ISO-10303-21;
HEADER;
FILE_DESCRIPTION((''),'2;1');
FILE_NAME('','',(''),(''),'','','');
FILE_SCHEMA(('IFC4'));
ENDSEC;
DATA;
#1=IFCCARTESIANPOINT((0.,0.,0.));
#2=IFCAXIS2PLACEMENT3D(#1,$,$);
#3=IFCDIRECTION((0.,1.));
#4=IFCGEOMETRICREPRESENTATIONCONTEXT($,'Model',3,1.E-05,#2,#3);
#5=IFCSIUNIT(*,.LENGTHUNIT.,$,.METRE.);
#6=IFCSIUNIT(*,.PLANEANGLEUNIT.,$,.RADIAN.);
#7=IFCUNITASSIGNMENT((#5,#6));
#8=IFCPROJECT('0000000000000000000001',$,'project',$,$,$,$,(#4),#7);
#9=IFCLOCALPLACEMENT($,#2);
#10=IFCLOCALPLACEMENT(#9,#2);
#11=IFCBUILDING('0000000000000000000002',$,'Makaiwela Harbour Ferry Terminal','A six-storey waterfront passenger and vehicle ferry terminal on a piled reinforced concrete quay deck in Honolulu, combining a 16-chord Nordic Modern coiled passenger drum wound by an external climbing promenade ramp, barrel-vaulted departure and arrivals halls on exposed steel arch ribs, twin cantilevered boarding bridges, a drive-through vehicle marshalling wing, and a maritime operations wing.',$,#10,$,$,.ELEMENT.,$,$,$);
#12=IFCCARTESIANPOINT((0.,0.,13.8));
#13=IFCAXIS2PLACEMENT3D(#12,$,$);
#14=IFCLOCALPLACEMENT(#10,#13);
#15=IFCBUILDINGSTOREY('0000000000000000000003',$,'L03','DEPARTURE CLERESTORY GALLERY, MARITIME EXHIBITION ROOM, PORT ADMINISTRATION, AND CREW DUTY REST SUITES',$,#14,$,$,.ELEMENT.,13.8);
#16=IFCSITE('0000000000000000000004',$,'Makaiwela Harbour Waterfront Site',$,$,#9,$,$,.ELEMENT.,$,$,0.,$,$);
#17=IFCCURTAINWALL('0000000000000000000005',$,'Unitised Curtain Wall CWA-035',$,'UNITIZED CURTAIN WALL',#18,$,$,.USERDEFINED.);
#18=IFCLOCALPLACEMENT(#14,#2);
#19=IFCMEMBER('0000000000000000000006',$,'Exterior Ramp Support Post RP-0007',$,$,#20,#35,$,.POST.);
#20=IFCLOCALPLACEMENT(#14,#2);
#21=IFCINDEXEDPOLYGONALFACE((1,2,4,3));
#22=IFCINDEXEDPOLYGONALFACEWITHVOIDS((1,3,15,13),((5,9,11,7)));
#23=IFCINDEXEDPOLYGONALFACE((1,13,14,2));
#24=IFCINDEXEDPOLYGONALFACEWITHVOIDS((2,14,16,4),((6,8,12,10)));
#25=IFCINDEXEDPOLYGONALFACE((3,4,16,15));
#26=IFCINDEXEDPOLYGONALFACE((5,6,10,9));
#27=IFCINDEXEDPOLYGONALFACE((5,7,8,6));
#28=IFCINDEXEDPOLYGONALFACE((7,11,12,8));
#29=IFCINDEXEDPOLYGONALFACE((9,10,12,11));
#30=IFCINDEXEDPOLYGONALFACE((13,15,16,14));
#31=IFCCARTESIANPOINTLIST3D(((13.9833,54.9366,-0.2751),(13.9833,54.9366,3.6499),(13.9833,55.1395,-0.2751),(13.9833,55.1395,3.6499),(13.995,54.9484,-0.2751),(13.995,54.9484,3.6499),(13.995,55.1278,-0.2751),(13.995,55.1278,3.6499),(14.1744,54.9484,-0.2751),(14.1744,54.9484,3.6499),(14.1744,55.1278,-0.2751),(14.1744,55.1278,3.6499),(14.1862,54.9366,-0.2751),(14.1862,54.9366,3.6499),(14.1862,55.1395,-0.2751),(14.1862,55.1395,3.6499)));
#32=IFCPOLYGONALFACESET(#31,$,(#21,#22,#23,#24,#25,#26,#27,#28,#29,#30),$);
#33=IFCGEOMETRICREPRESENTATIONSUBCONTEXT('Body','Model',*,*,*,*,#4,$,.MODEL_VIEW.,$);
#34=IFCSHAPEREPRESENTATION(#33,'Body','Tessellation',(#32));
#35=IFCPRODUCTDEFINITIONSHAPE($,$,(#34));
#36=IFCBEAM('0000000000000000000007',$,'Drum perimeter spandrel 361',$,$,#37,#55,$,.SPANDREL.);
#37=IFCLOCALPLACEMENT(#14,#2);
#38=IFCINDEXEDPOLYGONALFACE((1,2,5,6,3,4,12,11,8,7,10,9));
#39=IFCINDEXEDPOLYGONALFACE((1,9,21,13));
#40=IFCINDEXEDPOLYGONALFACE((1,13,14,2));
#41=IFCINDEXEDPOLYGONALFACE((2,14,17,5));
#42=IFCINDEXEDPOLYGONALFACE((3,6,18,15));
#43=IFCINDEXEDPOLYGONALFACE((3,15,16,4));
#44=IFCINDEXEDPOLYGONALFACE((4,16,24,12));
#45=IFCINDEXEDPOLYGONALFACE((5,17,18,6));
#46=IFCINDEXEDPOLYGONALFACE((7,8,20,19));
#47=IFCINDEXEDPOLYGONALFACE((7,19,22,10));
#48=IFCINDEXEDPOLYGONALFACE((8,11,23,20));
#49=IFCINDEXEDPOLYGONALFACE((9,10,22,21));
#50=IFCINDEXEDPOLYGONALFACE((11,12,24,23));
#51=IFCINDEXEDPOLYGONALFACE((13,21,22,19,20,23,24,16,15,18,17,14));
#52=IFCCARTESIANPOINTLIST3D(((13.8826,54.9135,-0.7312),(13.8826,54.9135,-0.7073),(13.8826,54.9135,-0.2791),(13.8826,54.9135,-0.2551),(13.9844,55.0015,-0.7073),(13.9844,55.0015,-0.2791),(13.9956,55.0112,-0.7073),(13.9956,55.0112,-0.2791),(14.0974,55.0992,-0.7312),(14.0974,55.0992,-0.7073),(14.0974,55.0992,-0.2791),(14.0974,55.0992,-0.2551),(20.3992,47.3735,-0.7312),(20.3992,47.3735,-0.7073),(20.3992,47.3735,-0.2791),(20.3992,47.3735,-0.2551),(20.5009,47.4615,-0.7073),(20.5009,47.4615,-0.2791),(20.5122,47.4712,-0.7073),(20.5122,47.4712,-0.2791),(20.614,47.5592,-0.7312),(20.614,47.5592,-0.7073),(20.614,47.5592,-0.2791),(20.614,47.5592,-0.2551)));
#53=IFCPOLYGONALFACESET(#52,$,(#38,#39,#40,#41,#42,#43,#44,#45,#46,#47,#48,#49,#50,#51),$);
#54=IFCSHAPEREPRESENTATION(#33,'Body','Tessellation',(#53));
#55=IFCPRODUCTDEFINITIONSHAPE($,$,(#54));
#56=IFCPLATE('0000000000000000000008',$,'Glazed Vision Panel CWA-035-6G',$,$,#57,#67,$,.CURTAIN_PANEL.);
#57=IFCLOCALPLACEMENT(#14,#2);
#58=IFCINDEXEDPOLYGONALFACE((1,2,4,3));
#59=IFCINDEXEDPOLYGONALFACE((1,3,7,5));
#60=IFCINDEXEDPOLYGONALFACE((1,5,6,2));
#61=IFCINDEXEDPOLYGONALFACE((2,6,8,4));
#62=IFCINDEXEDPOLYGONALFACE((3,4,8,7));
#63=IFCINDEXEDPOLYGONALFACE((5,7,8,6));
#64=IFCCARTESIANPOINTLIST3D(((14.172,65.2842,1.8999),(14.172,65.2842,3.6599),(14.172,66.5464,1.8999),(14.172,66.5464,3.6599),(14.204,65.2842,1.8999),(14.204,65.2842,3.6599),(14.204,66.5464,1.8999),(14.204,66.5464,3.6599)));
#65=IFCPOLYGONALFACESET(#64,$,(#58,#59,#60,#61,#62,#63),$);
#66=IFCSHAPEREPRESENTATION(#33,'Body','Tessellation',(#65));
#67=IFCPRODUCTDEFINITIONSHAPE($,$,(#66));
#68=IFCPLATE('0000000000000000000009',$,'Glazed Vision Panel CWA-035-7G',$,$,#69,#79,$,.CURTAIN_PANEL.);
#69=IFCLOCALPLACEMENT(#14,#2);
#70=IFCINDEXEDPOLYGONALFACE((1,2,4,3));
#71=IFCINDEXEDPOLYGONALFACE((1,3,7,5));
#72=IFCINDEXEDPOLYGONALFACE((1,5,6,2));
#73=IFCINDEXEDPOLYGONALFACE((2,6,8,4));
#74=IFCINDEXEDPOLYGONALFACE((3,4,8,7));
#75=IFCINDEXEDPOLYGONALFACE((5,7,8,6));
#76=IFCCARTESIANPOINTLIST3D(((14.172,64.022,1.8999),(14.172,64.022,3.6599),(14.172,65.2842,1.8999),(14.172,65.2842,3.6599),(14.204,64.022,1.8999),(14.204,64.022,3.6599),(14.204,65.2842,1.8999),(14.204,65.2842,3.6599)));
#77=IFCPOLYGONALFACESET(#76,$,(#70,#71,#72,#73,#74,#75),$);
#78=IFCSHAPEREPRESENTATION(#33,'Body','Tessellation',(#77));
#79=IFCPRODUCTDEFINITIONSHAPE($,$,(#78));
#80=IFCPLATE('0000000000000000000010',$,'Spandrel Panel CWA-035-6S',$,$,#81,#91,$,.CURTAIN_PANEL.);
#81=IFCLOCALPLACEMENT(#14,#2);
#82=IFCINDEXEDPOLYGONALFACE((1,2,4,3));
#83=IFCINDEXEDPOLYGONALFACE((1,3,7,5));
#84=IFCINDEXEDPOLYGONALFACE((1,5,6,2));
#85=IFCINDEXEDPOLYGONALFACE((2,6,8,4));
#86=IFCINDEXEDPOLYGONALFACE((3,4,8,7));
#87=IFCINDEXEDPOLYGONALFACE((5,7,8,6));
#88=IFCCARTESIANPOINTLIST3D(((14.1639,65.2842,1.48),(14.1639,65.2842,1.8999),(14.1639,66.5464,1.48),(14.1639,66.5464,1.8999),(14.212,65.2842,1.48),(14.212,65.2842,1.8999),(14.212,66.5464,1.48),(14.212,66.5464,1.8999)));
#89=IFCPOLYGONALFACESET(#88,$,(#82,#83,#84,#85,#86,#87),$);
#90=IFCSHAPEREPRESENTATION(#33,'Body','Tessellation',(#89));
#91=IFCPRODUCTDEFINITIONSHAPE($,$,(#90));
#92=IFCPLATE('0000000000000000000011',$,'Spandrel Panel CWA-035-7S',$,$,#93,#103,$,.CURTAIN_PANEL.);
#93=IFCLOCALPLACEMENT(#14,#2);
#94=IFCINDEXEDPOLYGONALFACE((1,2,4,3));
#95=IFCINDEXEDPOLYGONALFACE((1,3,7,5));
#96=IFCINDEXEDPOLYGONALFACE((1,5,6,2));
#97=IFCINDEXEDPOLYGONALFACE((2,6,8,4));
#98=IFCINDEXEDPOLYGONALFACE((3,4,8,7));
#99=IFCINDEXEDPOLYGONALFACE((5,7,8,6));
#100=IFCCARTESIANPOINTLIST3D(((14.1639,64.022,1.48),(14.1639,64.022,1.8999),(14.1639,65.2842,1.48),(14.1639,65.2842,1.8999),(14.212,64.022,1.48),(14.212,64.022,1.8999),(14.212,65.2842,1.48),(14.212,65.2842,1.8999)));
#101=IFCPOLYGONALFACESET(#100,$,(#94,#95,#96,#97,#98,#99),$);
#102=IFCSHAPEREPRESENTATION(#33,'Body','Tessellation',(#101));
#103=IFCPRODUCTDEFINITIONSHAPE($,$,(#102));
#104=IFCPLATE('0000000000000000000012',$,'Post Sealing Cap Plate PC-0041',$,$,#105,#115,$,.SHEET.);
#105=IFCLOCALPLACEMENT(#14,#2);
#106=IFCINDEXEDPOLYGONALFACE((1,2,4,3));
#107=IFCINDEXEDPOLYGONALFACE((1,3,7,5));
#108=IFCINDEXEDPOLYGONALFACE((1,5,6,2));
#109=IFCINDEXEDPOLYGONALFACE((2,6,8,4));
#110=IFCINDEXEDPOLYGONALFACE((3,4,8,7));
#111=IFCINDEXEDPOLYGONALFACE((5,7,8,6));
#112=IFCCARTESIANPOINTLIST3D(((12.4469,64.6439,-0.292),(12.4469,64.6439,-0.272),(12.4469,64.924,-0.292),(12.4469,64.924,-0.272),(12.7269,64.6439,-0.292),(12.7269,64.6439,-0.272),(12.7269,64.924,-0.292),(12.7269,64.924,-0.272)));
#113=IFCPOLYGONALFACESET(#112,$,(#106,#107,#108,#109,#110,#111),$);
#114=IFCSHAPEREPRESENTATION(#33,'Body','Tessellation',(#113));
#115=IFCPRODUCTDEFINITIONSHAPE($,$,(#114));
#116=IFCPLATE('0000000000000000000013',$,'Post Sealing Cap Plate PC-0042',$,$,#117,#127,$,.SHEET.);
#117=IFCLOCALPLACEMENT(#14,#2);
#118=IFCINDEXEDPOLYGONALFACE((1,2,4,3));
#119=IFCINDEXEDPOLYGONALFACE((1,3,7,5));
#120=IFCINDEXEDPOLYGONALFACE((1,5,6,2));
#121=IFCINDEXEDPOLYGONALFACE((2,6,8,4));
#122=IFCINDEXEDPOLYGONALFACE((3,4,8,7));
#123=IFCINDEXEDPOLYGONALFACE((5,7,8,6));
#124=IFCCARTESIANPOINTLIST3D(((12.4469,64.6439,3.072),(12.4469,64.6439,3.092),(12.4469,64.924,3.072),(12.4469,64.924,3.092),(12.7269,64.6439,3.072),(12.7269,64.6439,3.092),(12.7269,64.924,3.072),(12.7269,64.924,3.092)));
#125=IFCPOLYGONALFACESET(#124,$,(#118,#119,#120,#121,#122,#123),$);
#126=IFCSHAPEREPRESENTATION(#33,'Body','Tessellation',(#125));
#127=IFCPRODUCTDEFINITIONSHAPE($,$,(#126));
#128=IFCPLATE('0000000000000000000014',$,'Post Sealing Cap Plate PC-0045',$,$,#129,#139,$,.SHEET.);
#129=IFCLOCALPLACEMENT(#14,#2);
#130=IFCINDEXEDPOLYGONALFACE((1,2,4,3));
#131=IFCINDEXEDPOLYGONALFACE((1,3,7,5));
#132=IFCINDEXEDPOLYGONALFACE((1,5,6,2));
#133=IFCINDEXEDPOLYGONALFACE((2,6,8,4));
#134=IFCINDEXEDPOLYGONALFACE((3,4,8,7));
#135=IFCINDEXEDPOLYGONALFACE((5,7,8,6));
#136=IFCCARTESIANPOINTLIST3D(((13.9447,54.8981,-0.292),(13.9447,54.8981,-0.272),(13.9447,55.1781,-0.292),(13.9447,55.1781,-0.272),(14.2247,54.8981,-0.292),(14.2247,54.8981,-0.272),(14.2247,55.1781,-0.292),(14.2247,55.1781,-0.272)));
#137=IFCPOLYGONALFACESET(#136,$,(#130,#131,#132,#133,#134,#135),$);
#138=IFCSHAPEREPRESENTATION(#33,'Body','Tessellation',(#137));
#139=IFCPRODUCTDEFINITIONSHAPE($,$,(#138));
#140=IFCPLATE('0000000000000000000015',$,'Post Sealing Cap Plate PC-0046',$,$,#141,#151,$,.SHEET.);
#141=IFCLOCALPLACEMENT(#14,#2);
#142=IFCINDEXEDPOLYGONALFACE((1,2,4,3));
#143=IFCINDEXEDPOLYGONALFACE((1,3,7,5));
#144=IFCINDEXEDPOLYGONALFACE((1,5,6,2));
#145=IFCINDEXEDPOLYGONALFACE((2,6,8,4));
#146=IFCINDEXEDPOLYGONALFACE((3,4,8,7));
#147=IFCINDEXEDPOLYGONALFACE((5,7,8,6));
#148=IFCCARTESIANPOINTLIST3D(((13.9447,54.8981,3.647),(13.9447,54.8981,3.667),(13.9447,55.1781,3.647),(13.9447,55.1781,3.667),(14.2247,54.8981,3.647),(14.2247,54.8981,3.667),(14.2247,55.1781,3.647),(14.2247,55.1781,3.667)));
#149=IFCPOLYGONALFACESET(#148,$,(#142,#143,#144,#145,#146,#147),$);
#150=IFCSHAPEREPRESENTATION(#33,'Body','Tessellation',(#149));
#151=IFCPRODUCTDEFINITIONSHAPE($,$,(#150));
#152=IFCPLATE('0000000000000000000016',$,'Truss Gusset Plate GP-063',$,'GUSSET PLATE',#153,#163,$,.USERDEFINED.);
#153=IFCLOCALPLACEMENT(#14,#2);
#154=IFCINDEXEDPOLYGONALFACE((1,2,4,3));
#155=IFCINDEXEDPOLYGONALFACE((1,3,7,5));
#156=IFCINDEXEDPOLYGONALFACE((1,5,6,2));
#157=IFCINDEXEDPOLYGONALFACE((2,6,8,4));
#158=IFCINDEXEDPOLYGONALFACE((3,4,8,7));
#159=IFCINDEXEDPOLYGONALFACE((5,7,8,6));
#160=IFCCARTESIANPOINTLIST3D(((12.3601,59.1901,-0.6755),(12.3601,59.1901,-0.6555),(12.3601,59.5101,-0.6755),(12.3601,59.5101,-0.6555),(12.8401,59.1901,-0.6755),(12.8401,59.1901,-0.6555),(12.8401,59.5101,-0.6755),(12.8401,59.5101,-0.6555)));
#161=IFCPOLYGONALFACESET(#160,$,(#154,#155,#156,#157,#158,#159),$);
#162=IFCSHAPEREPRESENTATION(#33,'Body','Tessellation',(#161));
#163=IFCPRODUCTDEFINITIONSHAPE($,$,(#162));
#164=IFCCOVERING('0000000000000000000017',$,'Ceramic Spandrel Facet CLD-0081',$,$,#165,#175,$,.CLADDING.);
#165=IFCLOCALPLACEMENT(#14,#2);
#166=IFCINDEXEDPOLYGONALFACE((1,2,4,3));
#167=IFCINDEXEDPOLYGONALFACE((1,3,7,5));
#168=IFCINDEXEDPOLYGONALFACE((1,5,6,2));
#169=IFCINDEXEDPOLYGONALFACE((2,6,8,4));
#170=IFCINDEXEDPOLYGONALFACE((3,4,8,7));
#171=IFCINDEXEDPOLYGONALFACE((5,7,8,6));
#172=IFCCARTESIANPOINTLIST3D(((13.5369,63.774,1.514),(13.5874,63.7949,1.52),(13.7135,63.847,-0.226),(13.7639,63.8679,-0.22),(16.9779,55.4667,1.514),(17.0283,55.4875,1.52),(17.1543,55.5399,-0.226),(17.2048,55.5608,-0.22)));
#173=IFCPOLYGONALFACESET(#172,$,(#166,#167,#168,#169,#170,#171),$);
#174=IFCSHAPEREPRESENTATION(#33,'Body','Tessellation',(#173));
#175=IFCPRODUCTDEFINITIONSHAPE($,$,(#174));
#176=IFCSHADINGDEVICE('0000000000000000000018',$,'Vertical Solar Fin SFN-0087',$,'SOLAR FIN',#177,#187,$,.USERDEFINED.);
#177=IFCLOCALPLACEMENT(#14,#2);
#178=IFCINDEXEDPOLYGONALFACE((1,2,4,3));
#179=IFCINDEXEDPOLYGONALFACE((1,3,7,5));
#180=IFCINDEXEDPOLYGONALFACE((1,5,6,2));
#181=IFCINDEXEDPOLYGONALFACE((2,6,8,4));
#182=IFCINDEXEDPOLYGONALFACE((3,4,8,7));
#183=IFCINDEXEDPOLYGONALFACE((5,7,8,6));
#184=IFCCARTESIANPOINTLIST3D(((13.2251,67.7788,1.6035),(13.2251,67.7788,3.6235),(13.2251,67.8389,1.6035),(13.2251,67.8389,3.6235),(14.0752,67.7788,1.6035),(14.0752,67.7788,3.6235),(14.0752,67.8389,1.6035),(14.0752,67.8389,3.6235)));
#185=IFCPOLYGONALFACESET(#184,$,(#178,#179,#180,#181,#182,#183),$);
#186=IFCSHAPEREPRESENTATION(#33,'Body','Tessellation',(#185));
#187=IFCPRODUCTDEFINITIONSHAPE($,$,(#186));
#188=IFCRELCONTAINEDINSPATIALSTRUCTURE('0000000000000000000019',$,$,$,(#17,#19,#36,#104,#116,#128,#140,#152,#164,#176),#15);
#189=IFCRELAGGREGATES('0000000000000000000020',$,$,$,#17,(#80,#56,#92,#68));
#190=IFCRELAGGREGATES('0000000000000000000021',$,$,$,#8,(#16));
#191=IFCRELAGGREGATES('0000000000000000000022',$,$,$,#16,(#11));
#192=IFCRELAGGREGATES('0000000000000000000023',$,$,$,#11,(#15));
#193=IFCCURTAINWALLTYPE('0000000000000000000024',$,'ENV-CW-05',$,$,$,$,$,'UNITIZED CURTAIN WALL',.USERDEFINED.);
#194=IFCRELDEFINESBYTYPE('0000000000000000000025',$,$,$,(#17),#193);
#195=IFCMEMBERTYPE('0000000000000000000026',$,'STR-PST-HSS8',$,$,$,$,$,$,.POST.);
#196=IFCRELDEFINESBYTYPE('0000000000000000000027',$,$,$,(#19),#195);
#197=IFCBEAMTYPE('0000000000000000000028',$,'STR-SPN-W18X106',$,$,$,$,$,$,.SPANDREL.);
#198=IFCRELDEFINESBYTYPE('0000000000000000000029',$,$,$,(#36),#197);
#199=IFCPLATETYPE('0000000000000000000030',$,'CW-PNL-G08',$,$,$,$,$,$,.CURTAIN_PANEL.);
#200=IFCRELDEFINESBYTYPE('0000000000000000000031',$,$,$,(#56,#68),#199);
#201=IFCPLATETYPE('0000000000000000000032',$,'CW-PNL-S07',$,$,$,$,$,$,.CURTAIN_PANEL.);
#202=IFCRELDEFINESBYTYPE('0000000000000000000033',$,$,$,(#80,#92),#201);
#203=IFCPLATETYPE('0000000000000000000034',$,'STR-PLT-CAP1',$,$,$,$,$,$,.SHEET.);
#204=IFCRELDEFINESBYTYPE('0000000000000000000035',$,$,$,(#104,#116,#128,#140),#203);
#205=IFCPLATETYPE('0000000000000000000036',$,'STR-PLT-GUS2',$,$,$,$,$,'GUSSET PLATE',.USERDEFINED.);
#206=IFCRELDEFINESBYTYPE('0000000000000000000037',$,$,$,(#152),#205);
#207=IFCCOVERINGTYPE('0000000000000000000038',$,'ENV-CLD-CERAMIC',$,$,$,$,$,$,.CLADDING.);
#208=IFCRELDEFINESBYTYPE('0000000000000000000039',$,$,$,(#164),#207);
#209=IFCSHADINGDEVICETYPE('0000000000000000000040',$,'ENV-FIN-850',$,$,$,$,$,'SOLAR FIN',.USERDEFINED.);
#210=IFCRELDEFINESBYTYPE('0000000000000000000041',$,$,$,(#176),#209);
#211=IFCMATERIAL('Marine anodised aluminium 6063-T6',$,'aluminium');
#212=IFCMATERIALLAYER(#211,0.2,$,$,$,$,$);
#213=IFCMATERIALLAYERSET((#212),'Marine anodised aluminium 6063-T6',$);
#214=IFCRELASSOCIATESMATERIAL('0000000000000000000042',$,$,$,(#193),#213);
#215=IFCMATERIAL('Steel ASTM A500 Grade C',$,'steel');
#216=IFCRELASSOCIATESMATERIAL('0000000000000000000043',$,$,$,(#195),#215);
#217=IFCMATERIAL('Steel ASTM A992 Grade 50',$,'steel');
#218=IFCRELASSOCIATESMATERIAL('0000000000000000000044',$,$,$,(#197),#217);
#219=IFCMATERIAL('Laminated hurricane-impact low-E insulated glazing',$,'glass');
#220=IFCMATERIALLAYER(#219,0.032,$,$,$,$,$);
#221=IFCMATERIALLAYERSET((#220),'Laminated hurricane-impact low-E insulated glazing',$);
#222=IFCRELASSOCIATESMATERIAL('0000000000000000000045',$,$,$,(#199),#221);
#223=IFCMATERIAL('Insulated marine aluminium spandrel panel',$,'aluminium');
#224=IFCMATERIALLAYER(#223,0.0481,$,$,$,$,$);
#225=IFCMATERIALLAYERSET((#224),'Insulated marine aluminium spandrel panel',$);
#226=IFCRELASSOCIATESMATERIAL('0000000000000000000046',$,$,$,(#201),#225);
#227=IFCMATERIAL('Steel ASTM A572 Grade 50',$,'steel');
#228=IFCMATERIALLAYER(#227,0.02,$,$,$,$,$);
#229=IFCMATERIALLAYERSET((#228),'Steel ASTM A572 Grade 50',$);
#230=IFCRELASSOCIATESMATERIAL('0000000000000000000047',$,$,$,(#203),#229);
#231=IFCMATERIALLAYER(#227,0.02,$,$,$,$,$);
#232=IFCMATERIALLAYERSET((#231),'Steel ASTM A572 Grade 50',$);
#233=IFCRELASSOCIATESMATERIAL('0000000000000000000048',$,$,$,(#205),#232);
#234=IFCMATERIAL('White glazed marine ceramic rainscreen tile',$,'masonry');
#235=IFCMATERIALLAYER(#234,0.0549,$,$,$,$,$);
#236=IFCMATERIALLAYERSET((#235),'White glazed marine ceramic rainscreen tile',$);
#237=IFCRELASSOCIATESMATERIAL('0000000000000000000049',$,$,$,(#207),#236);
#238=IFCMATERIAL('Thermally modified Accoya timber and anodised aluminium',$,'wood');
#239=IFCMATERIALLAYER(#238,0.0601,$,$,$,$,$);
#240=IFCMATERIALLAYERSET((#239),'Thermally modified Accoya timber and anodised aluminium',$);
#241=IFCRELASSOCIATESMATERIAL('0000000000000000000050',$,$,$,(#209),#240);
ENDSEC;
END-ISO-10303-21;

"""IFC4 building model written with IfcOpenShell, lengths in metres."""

from ifc_helpers import new_model, si_unit, direction, frame, origin, origin_2d, place, context, subcontext, project, spatial, polyline, rectangle, hollow_rectangle, i_section, outline, extrude, material, layer, layer_set, material_profile, profile_set, type_object, element, aggregate, save


model = new_model("IFC4")

# Units and contexts
model_context = context("Model", 3, precision=1e-05, world=origin(), true_north=direction((0.0, 1.0)))
body_context = subcontext(model_context, "Body", "Model", "MODEL_VIEW")
ifc_project = project(units=[si_unit("LENGTHUNIT", "METRE"), si_unit("PLANEANGLEUNIT", "RADIAN")], contexts=[model_context])

# Site, building, storey
site_placement = place(None, origin())
site = spatial("IfcSite", under=ifc_project, at=site_placement, Name="Makaiwela Harbour Waterfront Site", CompositionType="ELEMENT", RefElevation=0.0)
building_placement = place(site_placement, origin())
building = spatial("IfcBuilding", under=site, at=building_placement, Name="Makaiwela Harbour Ferry Terminal", Description="A six-storey waterfront passenger and vehicle ferry terminal on a piled reinforced concrete quay deck in Honolulu, combining a 16-chord Nordic Modern coiled passenger drum wound by an external climbing promenade ramp, barrel-vaulted departure and arrivals halls on exposed steel arch ribs, twin cantilevered boarding bridges, a drive-through vehicle marshalling wing, and a maritime operations wing.", CompositionType="ELEMENT")
storey_placement = place(building_placement, frame((0.0, 0.0, 13.8)))
storey = spatial("IfcBuildingStorey", under=building, at=storey_placement, Name="L03", Description="DEPARTURE CLERESTORY GALLERY, MARITIME EXHIBITION ROOM, PORT ADMINISTRATION, AND CREW DUTY REST SUITES", CompositionType="ELEMENT", Elevation=13.8)

# Curtain wall
ifc_material_1 = material(Name="Marine anodised aluminium 6063-T6", Category="aluminium")
ifc_layer_1 = layer(ifc_material_1, 0.2)
ifc_layer_set_1 = layer_set([ifc_layer_1], Name="Marine anodised aluminium 6063-T6")
curtain_wall_type = type_object("IfcCurtainWallType", Name="ENV-CW-05", ElementType="UNITIZED CURTAIN WALL", PredefinedType="USERDEFINED", material=ifc_layer_set_1)
curtain_wall_placement = place(storey_placement, origin())
curtain_wall = element("IfcCurtainWall", 1, at=curtain_wall_placement, inside=storey, type_object=curtain_wall_type, Name="Unitised Curtain Wall CWA-035", ObjectType="UNITIZED CURTAIN WALL", PredefinedType="USERDEFINED")

# Shared definitions
ifc_material_2 = material(Name="Steel ASTM A992 Grade 50", Category="steel")

# Member
ifc_material_3 = material(Name="Steel ASTM A500 Grade C", Category="steel")
ifc_material_profile_1 = material_profile(ifc_material_3, hollow_rectangle(XDim=0.2029, YDim=0.2029, WallThickness=0.0117, at=origin_2d()), Name="HSS8X8X1/2")
ifc_profile_set_1 = profile_set([ifc_material_profile_1], Name="Steel ASTM A500 Grade C")
member_type_1 = type_object("IfcMemberType", Name="STR-PST-HSS8", PredefinedType="POST", material=ifc_profile_set_1)
member_1_placement = place(storey_placement, frame((14.0847, 55.0381, -0.2751), z_axis=(0.0, 0.0, 1.0), x_axis=(1.0, 0.0, 0.0)))
element("IfcMember", 2, at=member_1_placement, inside=storey, type_object=member_type_1, Name="Exterior Ramp Support Post RP-0007", PredefinedType="POST", context=body_context, shape_type="SweptSolid", body=[
    extrude(hollow_rectangle(XDim=0.2029, YDim=0.2029, WallThickness=0.0117, at=origin_2d()), origin(), (0.0, 0.0, 1.0), 3.925),
])

# Beam
ifc_material_profile_2 = material_profile(ifc_material_2, i_section(OverallWidth=0.2839, OverallDepth=0.4761, WebThickness=0.0149, FlangeThickness=0.0239, at=origin_2d()), Name="W18X106")
ifc_profile_set_2 = profile_set([ifc_material_profile_2], Name="Steel ASTM A992 Grade 50")
beam_type_1 = type_object("IfcBeamType", Name="STR-SPN-W18X106", PredefinedType="SPANDREL", material=ifc_profile_set_2)
beam_1_placement = place(storey_placement, frame((13.99, 55.0063, -0.4932), z_axis=(0.653893, -0.756587, 0.0), x_axis=(0.756587, 0.653893, 0.0)))
element("IfcBeam", 3, at=beam_1_placement, inside=storey, type_object=beam_type_1, Name="Drum perimeter spandrel 361", PredefinedType="SPANDREL", context=body_context, shape_type="SweptSolid", body=[
    extrude(i_section(OverallWidth=0.2839, OverallDepth=0.4761, WebThickness=0.0149, FlangeThickness=0.0239, at=origin_2d()), origin(), (0.0, 0.0, 1.0), 9.9658),
])

# Plates
ifc_material_4 = material(Name="Laminated hurricane-impact low-E insulated glazing", Category="glass")
ifc_layer_2 = layer(ifc_material_4, 0.032)
ifc_layer_set_2 = layer_set([ifc_layer_2], Name="Laminated hurricane-impact low-E insulated glazing")
plate_type_1 = type_object("IfcPlateType", Name="CW-PNL-G08", PredefinedType="CURTAIN_PANEL", material=ifc_layer_set_2)
plate_1_placement = place(storey_placement, frame((14.188, 65.9153, 1.8999), z_axis=(0.0, 0.0, 1.0), x_axis=(0.0, -1.0, 0.0)))
plate_1 = element("IfcPlate", 4, at=plate_1_placement, type_object=plate_type_1, Name="Glazed Vision Panel CWA-035-6G", PredefinedType="CURTAIN_PANEL", context=body_context, shape_type="SweptSolid", body=[
    extrude(rectangle(XDim=1.2622, YDim=0.032, at=origin_2d()), origin(), (0.0, 0.0, 1.0), 1.76),
])
plate_2_placement = place(storey_placement, frame((14.188, 64.6531, 1.8999), z_axis=(0.0, 0.0, 1.0), x_axis=(0.0, -1.0, 0.0)))
plate_2 = element("IfcPlate", 5, at=plate_2_placement, type_object=plate_type_1, Name="Glazed Vision Panel CWA-035-7G", PredefinedType="CURTAIN_PANEL", context=body_context, shape_type="SweptSolid", body=[
    extrude(rectangle(XDim=1.2622, YDim=0.032, at=origin_2d()), origin(), (0.0, 0.0, 1.0), 1.76),
])
ifc_material_5 = material(Name="Insulated marine aluminium spandrel panel", Category="aluminium")
ifc_layer_3 = layer(ifc_material_5, 0.0481)
ifc_layer_set_3 = layer_set([ifc_layer_3], Name="Insulated marine aluminium spandrel panel")
plate_type_2 = type_object("IfcPlateType", Name="CW-PNL-S07", PredefinedType="CURTAIN_PANEL", material=ifc_layer_set_3)
plate_3_placement = place(storey_placement, frame((14.188, 65.9153, 1.48), z_axis=(0.0, 0.0, 1.0), x_axis=(0.0, -1.0, 0.0)))
plate_3 = element("IfcPlate", 6, at=plate_3_placement, type_object=plate_type_2, Name="Spandrel Panel CWA-035-6S", PredefinedType="CURTAIN_PANEL", context=body_context, shape_type="SweptSolid", body=[
    extrude(rectangle(XDim=1.2622, YDim=0.0481, at=origin_2d()), origin(), (0.0, 0.0, 1.0), 0.4199),
])
plate_4_placement = place(storey_placement, frame((14.188, 64.6531, 1.48), z_axis=(0.0, 0.0, 1.0), x_axis=(0.0, -1.0, 0.0)))
plate_4 = element("IfcPlate", 7, at=plate_4_placement, type_object=plate_type_2, Name="Spandrel Panel CWA-035-7S", PredefinedType="CURTAIN_PANEL", context=body_context, shape_type="SweptSolid", body=[
    extrude(rectangle(XDim=1.2622, YDim=0.0481, at=origin_2d()), origin(), (0.0, 0.0, 1.0), 0.4199),
])
aggregate(curtain_wall, [plate_3, plate_1, plate_4, plate_2])

# Plates
ifc_material_6 = material(Name="Steel ASTM A572 Grade 50", Category="steel")
ifc_layer_4 = layer(ifc_material_6, 0.02)
ifc_layer_set_4 = layer_set([ifc_layer_4], Name="Steel ASTM A572 Grade 50")
plate_type_3 = type_object("IfcPlateType", Name="STR-PLT-CAP1", PredefinedType="SHEET", material=ifc_layer_set_4)
for number, where, z_axis, x_axis, name in (
    (8, (12.5869, 64.7839, -0.292), (0.0, 0.0, 1.0), (1.0, 0.0, 0.0), "Post Sealing Cap Plate PC-0041"),
    (9, (12.5869, 64.7839, 3.072), (0.0, 0.0, 1.0), (1.0, 0.0, 0.0), "Post Sealing Cap Plate PC-0042"),
    (10, (14.0847, 55.0381, -0.292), (0.0, 0.0, 1.0), (1.0, 0.0, 0.0), "Post Sealing Cap Plate PC-0045"),
    (11, (14.0847, 55.0381, 3.647), (0.0, 0.0, 1.0), (1.0, 0.0, 0.0), "Post Sealing Cap Plate PC-0046"),
):
    element("IfcPlate", number, at=place(storey_placement, frame(where, z_axis=z_axis, x_axis=x_axis)), inside=storey, type_object=plate_type_3, Name=name, PredefinedType="SHEET", context=body_context, shape_type="SweptSolid", body=[
        extrude(rectangle(XDim=0.28, YDim=0.28, at=origin_2d()), origin(), (0.0, 0.0, 1.0), 0.02),
    ])
ifc_layer_5 = layer(ifc_material_6, 0.02)
ifc_layer_set_5 = layer_set([ifc_layer_5], Name="Steel ASTM A572 Grade 50")
plate_type_4 = type_object("IfcPlateType", Name="STR-PLT-GUS2", ElementType="GUSSET PLATE", PredefinedType="USERDEFINED", material=ifc_layer_set_5)
plate_5_placement = place(storey_placement, frame((12.6001, 59.3501, -0.6755), z_axis=(0.0, 0.0, 1.0), x_axis=(1.0, 0.0, 0.0)))
element("IfcPlate", 12, at=plate_5_placement, inside=storey, type_object=plate_type_4, Name="Truss Gusset Plate GP-063", ObjectType="GUSSET PLATE", PredefinedType="USERDEFINED", context=body_context, shape_type="SweptSolid", body=[
    extrude(rectangle(XDim=0.48, YDim=0.3201, at=origin_2d()), origin(), (0.0, 0.0, 1.0), 0.02),
])

# Covering
ifc_material_7 = material(Name="White glazed marine ceramic rainscreen tile", Category="masonry")
ifc_layer_6 = layer(ifc_material_7, 0.0549)
ifc_layer_set_6 = layer_set([ifc_layer_6], Name="White glazed marine ceramic rainscreen tile")
covering_type = type_object("IfcCoveringType", Name="ENV-CLD-CERAMIC", PredefinedType="CLADDING", material=ifc_layer_set_6)
covering_placement = place(storey_placement, frame((13.7639, 63.8679, -0.22), z_axis=(0.918362, 0.380392, 0.109149), x_axis=(0.382678, -0.923882, -0.000001)))
element("IfcCovering", 13, at=covering_placement, inside=storey, type_object=covering_type, Name="Ceramic Spandrel Facet CLD-0081", PredefinedType="CLADDING", context=body_context, shape_type="SweptSolid", body=[
    extrude(outline(polyline([(0.0, 0.0), (8.9916, 0.0), (8.9917, -1.7505), (-0.0001, -1.7504), (0.0, 0.0)])), origin(), (0.0, 0.0, -1.0), 0.0549),
])

# Shading device
ifc_material_8 = material(Name="Thermally modified Accoya timber and anodised aluminium", Category="wood")
ifc_layer_7 = layer(ifc_material_8, 0.0601)
ifc_layer_set_7 = layer_set([ifc_layer_7], Name="Thermally modified Accoya timber and anodised aluminium")
shading_device_type = type_object("IfcShadingDeviceType", Name="ENV-FIN-850", ElementType="SOLAR FIN", PredefinedType="USERDEFINED", material=ifc_layer_set_7)
for number, where, z_axis, x_axis, name in (
    (14, (13.6501, 67.8088, 1.6035), (0.0, 0.0, 1.0), (-1.0, 0.0, 0.0), "Vertical Solar Fin SFN-0087"),
):
    element("IfcShadingDevice", number, at=place(storey_placement, frame(where, z_axis=z_axis, x_axis=x_axis)), inside=storey, type_object=shading_device_type, Name=name, ObjectType="SOLAR FIN", PredefinedType="USERDEFINED", context=body_context, shape_type="SweptSolid", body=[
        extrude(rectangle(XDim=0.8501, YDim=0.0601, at=origin_2d()), origin(), (0.0, 0.0, 1.0), 2.02),
    ])

save(model, "model.ifc")
